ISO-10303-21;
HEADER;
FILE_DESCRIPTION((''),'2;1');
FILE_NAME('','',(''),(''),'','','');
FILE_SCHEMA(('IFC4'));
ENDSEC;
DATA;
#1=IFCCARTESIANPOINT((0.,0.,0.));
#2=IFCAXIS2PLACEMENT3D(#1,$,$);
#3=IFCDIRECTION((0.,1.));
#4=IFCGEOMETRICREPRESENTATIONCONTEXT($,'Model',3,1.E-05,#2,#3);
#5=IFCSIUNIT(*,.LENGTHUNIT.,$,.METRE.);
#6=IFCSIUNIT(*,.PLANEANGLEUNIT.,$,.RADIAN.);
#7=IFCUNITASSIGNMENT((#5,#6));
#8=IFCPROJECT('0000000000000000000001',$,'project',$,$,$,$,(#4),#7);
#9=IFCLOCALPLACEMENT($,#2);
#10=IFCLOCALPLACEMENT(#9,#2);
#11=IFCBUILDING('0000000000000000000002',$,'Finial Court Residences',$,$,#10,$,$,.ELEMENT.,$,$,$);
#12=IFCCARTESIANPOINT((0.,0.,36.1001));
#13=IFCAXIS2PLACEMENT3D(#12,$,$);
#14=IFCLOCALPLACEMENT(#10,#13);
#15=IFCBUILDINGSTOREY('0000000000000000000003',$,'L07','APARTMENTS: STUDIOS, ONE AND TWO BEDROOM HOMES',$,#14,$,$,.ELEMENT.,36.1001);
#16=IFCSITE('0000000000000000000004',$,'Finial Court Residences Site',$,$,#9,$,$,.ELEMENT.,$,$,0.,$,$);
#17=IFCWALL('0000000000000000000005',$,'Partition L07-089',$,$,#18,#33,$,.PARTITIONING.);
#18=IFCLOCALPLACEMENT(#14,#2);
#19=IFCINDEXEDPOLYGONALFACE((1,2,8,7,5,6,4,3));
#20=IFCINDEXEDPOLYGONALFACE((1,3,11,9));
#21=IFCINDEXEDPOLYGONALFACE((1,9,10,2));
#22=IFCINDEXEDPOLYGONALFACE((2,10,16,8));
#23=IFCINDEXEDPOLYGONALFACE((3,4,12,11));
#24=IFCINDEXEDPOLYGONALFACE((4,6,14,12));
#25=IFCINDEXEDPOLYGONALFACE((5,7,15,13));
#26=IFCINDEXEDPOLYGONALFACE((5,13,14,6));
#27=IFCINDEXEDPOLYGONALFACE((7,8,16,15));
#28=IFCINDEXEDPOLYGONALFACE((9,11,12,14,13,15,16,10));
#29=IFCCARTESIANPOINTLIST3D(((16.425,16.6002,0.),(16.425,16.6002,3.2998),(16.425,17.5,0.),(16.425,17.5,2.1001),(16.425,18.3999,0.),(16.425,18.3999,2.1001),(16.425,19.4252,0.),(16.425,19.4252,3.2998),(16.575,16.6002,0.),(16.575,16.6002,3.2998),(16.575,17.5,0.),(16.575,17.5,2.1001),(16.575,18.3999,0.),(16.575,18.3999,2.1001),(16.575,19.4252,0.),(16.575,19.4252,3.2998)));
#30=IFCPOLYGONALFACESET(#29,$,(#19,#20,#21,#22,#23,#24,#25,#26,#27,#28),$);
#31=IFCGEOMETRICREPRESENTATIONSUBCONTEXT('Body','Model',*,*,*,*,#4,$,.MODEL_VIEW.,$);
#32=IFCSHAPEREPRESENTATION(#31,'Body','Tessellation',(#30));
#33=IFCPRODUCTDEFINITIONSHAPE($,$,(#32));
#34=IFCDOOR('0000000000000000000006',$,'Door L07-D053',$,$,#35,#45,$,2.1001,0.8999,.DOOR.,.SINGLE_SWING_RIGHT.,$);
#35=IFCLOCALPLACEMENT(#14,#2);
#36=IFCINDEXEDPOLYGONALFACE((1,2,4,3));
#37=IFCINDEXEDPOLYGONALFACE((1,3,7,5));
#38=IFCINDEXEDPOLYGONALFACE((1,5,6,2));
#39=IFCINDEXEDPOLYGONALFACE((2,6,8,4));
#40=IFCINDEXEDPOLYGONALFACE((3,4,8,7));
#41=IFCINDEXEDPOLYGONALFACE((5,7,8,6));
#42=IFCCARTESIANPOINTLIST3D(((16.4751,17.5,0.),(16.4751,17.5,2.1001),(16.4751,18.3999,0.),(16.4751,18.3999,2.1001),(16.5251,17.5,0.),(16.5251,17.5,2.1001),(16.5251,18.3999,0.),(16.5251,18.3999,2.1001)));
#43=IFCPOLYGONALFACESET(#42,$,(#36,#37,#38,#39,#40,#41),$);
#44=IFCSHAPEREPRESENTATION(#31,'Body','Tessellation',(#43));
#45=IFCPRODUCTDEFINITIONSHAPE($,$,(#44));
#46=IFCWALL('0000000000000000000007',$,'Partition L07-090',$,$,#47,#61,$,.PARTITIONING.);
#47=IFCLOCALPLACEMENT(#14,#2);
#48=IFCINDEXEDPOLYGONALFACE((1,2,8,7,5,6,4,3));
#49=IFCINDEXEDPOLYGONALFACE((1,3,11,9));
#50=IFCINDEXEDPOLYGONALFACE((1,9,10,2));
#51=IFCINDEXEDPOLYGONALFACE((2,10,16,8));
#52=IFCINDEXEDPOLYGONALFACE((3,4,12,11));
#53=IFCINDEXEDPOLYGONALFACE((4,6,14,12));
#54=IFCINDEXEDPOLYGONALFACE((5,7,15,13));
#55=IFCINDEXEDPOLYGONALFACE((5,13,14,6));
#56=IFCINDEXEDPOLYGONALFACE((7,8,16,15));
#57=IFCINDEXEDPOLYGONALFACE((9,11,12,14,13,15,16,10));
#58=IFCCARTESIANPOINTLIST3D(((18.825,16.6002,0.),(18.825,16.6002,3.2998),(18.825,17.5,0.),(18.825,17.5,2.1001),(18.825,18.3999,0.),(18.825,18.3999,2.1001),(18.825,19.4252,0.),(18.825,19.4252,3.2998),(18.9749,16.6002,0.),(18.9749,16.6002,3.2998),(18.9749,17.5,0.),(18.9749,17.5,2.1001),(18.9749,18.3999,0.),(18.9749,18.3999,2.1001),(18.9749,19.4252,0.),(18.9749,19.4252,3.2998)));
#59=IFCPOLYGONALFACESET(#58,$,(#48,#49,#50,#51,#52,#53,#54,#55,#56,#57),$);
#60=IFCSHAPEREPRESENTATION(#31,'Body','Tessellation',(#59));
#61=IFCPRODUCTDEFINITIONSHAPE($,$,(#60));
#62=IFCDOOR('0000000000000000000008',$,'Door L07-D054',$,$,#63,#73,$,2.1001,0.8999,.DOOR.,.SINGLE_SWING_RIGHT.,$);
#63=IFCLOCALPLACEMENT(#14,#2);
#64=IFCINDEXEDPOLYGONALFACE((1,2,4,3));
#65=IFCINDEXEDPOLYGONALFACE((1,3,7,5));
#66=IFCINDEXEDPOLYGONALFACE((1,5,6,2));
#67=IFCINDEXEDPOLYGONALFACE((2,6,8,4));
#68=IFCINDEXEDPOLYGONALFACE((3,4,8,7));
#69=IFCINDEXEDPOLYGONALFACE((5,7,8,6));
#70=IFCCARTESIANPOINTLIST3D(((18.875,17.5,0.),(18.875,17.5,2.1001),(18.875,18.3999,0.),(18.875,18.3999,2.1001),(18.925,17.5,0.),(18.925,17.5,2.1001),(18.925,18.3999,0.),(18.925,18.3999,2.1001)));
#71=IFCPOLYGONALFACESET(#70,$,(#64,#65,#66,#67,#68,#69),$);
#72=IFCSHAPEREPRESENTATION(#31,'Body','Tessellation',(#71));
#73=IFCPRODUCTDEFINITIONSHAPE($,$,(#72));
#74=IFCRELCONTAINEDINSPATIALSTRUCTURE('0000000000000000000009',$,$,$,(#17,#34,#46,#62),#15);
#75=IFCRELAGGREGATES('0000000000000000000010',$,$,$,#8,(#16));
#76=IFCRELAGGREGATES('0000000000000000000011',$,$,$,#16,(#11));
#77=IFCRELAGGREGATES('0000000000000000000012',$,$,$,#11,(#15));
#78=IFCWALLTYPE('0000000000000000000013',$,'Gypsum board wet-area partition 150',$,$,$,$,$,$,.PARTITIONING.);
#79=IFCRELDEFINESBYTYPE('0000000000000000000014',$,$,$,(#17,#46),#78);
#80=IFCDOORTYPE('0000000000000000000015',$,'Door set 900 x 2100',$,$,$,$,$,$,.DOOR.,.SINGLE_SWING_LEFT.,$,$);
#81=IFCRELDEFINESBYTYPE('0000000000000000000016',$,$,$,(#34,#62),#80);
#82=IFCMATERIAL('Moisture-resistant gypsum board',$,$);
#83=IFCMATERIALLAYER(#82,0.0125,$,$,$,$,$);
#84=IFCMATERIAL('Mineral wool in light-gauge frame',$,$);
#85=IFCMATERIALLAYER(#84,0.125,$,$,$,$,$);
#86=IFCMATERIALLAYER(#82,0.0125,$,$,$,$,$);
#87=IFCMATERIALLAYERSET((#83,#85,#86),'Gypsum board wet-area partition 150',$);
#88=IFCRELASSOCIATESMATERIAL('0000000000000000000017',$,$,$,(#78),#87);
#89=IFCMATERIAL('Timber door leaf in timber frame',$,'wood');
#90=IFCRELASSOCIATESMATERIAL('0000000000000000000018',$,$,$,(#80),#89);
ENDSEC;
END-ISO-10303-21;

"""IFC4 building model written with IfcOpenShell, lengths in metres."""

from ifc_helpers import new_model, si_unit, direction, frame, frame_2d, origin, place, context, subcontext, project, spatial, rectangle, extrude, material, layer, layer_set, type_object, element, fill, save


model = new_model("IFC4")

# Units and contexts
model_context = context("Model", 3, precision=1e-05, world=origin(), true_north=direction((0.0, 1.0)))
body_context = subcontext(model_context, "Body", "Model", "MODEL_VIEW")
ifc_project = project(units=[si_unit("LENGTHUNIT", "METRE"), si_unit("PLANEANGLEUNIT", "RADIAN")], contexts=[model_context])

# Site, building, storey
site_placement = place(None, origin())
site = spatial("IfcSite", under=ifc_project, at=site_placement, Name="Finial Court Residences Site", CompositionType="ELEMENT", RefElevation=0.0)
building_placement = place(site_placement, origin())
building = spatial("IfcBuilding", under=site, at=building_placement, Name="Finial Court Residences", CompositionType="ELEMENT")
storey_placement = place(building_placement, frame((0.0, 0.0, 36.1001)))
storey = spatial("IfcBuildingStorey", under=building, at=storey_placement, Name="L07", Description="APARTMENTS: STUDIOS, ONE AND TWO BEDROOM HOMES", CompositionType="ELEMENT", Elevation=36.1001)

# Shared definitions
ifc_material_1 = material(Name="Mineral wool in light-gauge frame")

# Shared definitions
ifc_material_2 = material(Name="Moisture-resistant gypsum board")
ifc_layer_1 = layer(ifc_material_2, 0.0125)
ifc_layer_2 = layer(ifc_material_1, 0.125)
ifc_layer_3 = layer(ifc_material_2, 0.0125)
ifc_layer_set_1 = layer_set([ifc_layer_1, ifc_layer_2, ifc_layer_3], Name="Gypsum board wet-area partition 150")
wall_type_1 = type_object("IfcWallType", Name="Gypsum board wet-area partition 150", PredefinedType="PARTITIONING", material=ifc_layer_set_1)
ifc_material_3 = material(Name="Timber door leaf in timber frame", Category="wood")
door_type = type_object("IfcDoorType", Name="Door set 900 x 2100", OperationType="SINGLE_SWING_LEFT", PredefinedType="DOOR", material=ifc_material_3)

# Walls, openings, doors
wall_1_placement = place(storey_placement, frame((16.5, 16.6001, 0.0), z_axis=(0.0, 0.0, 1.0), x_axis=(0.0, 1.0, 0.0)))
wall_1 = element("IfcWall", 1, at=wall_1_placement, inside=storey, type_object=wall_type_1, Name="Partition L07-089", PredefinedType="PARTITIONING", context=body_context, shape_type="SweptSolid", body=[
    extrude(rectangle(XDim=2.825, YDim=0.1499, at=frame_2d((1.4126, 0.0))), origin(), (0.0, 0.0, 1.0), 3.2998),
])
opening_1_placement = place(wall_1_placement, frame((0.8999, 0.0, 0.0)))
opening_1 = element("IfcOpeningElement", 2, at=opening_1_placement, cuts=wall_1, PredefinedType="OPENING", context=body_context, shape_type="SweptSolid", body=[
    extrude(rectangle(XDim=0.8999, YDim=2.1001, at=frame_2d((0.45, 1.05))), frame((0.0, 0.085, 0.0), z_axis=(0.0, -1.0, 0.0), x_axis=(1.0, 0.0, 0.0)), (0.0, 0.0, 1.0), 0.1699),
])
door_1_placement = place(opening_1_placement, origin())
door_1 = element("IfcDoor", 3, at=door_1_placement, inside=storey, type_object=door_type, Name="Door L07-D053", OperationType="SINGLE_SWING_RIGHT", OverallHeight=2.1001, OverallWidth=0.8999, PredefinedType="DOOR", context=body_context, shape_type="SweptSolid", body=[
    extrude(rectangle(XDim=0.8999, YDim=2.1001, at=frame_2d((0.45, 1.05))), frame((0.0, 0.0249, 0.0), z_axis=(0.0, -1.0, 0.0), x_axis=(1.0, 0.0, 0.0)), (0.0, 0.0, 1.0), 0.05),
])
fill(opening_1, door_1)
wall_2_placement = place(storey_placement, frame((18.8999, 16.6001, 0.0), z_axis=(0.0, 0.0, 1.0), x_axis=(0.0, 1.0, 0.0)))
wall_2 = element("IfcWall", 4, at=wall_2_placement, inside=storey, type_object=wall_type_1, Name="Partition L07-090", PredefinedType="PARTITIONING", context=body_context, shape_type="SweptSolid", body=[
    extrude(rectangle(XDim=2.825, YDim=0.1499, at=frame_2d((1.4126, 0.0))), origin(), (0.0, 0.0, 1.0), 3.2998),
])
opening_2_placement = place(wall_2_placement, frame((0.8999, 0.0, 0.0)))
opening_2 = element("IfcOpeningElement", 5, at=opening_2_placement, cuts=wall_2, PredefinedType="OPENING", context=body_context, shape_type="SweptSolid", body=[
    extrude(rectangle(XDim=0.8999, YDim=2.1001, at=frame_2d((0.45, 1.05))), frame((0.0, 0.085, 0.0), z_axis=(0.0, -1.0, 0.0), x_axis=(1.0, 0.0, 0.0)), (0.0, 0.0, 1.0), 0.1699),
])
door_2_placement = place(opening_2_placement, origin())
door_2 = element("IfcDoor", 6, at=door_2_placement, inside=storey, type_object=door_type, Name="Door L07-D054", OperationType="SINGLE_SWING_RIGHT", OverallHeight=2.1001, OverallWidth=0.8999, PredefinedType="DOOR", context=body_context, shape_type="SweptSolid", body=[
    extrude(rectangle(XDim=0.8999, YDim=2.1001, at=frame_2d((0.45, 1.05))), frame((0.0, 0.0249, 0.0), z_axis=(0.0, -1.0, 0.0), x_axis=(1.0, 0.0, 0.0)), (0.0, 0.0, 1.0), 0.05),
])
fill(opening_2, door_2)

save(model, "model.ifc")
